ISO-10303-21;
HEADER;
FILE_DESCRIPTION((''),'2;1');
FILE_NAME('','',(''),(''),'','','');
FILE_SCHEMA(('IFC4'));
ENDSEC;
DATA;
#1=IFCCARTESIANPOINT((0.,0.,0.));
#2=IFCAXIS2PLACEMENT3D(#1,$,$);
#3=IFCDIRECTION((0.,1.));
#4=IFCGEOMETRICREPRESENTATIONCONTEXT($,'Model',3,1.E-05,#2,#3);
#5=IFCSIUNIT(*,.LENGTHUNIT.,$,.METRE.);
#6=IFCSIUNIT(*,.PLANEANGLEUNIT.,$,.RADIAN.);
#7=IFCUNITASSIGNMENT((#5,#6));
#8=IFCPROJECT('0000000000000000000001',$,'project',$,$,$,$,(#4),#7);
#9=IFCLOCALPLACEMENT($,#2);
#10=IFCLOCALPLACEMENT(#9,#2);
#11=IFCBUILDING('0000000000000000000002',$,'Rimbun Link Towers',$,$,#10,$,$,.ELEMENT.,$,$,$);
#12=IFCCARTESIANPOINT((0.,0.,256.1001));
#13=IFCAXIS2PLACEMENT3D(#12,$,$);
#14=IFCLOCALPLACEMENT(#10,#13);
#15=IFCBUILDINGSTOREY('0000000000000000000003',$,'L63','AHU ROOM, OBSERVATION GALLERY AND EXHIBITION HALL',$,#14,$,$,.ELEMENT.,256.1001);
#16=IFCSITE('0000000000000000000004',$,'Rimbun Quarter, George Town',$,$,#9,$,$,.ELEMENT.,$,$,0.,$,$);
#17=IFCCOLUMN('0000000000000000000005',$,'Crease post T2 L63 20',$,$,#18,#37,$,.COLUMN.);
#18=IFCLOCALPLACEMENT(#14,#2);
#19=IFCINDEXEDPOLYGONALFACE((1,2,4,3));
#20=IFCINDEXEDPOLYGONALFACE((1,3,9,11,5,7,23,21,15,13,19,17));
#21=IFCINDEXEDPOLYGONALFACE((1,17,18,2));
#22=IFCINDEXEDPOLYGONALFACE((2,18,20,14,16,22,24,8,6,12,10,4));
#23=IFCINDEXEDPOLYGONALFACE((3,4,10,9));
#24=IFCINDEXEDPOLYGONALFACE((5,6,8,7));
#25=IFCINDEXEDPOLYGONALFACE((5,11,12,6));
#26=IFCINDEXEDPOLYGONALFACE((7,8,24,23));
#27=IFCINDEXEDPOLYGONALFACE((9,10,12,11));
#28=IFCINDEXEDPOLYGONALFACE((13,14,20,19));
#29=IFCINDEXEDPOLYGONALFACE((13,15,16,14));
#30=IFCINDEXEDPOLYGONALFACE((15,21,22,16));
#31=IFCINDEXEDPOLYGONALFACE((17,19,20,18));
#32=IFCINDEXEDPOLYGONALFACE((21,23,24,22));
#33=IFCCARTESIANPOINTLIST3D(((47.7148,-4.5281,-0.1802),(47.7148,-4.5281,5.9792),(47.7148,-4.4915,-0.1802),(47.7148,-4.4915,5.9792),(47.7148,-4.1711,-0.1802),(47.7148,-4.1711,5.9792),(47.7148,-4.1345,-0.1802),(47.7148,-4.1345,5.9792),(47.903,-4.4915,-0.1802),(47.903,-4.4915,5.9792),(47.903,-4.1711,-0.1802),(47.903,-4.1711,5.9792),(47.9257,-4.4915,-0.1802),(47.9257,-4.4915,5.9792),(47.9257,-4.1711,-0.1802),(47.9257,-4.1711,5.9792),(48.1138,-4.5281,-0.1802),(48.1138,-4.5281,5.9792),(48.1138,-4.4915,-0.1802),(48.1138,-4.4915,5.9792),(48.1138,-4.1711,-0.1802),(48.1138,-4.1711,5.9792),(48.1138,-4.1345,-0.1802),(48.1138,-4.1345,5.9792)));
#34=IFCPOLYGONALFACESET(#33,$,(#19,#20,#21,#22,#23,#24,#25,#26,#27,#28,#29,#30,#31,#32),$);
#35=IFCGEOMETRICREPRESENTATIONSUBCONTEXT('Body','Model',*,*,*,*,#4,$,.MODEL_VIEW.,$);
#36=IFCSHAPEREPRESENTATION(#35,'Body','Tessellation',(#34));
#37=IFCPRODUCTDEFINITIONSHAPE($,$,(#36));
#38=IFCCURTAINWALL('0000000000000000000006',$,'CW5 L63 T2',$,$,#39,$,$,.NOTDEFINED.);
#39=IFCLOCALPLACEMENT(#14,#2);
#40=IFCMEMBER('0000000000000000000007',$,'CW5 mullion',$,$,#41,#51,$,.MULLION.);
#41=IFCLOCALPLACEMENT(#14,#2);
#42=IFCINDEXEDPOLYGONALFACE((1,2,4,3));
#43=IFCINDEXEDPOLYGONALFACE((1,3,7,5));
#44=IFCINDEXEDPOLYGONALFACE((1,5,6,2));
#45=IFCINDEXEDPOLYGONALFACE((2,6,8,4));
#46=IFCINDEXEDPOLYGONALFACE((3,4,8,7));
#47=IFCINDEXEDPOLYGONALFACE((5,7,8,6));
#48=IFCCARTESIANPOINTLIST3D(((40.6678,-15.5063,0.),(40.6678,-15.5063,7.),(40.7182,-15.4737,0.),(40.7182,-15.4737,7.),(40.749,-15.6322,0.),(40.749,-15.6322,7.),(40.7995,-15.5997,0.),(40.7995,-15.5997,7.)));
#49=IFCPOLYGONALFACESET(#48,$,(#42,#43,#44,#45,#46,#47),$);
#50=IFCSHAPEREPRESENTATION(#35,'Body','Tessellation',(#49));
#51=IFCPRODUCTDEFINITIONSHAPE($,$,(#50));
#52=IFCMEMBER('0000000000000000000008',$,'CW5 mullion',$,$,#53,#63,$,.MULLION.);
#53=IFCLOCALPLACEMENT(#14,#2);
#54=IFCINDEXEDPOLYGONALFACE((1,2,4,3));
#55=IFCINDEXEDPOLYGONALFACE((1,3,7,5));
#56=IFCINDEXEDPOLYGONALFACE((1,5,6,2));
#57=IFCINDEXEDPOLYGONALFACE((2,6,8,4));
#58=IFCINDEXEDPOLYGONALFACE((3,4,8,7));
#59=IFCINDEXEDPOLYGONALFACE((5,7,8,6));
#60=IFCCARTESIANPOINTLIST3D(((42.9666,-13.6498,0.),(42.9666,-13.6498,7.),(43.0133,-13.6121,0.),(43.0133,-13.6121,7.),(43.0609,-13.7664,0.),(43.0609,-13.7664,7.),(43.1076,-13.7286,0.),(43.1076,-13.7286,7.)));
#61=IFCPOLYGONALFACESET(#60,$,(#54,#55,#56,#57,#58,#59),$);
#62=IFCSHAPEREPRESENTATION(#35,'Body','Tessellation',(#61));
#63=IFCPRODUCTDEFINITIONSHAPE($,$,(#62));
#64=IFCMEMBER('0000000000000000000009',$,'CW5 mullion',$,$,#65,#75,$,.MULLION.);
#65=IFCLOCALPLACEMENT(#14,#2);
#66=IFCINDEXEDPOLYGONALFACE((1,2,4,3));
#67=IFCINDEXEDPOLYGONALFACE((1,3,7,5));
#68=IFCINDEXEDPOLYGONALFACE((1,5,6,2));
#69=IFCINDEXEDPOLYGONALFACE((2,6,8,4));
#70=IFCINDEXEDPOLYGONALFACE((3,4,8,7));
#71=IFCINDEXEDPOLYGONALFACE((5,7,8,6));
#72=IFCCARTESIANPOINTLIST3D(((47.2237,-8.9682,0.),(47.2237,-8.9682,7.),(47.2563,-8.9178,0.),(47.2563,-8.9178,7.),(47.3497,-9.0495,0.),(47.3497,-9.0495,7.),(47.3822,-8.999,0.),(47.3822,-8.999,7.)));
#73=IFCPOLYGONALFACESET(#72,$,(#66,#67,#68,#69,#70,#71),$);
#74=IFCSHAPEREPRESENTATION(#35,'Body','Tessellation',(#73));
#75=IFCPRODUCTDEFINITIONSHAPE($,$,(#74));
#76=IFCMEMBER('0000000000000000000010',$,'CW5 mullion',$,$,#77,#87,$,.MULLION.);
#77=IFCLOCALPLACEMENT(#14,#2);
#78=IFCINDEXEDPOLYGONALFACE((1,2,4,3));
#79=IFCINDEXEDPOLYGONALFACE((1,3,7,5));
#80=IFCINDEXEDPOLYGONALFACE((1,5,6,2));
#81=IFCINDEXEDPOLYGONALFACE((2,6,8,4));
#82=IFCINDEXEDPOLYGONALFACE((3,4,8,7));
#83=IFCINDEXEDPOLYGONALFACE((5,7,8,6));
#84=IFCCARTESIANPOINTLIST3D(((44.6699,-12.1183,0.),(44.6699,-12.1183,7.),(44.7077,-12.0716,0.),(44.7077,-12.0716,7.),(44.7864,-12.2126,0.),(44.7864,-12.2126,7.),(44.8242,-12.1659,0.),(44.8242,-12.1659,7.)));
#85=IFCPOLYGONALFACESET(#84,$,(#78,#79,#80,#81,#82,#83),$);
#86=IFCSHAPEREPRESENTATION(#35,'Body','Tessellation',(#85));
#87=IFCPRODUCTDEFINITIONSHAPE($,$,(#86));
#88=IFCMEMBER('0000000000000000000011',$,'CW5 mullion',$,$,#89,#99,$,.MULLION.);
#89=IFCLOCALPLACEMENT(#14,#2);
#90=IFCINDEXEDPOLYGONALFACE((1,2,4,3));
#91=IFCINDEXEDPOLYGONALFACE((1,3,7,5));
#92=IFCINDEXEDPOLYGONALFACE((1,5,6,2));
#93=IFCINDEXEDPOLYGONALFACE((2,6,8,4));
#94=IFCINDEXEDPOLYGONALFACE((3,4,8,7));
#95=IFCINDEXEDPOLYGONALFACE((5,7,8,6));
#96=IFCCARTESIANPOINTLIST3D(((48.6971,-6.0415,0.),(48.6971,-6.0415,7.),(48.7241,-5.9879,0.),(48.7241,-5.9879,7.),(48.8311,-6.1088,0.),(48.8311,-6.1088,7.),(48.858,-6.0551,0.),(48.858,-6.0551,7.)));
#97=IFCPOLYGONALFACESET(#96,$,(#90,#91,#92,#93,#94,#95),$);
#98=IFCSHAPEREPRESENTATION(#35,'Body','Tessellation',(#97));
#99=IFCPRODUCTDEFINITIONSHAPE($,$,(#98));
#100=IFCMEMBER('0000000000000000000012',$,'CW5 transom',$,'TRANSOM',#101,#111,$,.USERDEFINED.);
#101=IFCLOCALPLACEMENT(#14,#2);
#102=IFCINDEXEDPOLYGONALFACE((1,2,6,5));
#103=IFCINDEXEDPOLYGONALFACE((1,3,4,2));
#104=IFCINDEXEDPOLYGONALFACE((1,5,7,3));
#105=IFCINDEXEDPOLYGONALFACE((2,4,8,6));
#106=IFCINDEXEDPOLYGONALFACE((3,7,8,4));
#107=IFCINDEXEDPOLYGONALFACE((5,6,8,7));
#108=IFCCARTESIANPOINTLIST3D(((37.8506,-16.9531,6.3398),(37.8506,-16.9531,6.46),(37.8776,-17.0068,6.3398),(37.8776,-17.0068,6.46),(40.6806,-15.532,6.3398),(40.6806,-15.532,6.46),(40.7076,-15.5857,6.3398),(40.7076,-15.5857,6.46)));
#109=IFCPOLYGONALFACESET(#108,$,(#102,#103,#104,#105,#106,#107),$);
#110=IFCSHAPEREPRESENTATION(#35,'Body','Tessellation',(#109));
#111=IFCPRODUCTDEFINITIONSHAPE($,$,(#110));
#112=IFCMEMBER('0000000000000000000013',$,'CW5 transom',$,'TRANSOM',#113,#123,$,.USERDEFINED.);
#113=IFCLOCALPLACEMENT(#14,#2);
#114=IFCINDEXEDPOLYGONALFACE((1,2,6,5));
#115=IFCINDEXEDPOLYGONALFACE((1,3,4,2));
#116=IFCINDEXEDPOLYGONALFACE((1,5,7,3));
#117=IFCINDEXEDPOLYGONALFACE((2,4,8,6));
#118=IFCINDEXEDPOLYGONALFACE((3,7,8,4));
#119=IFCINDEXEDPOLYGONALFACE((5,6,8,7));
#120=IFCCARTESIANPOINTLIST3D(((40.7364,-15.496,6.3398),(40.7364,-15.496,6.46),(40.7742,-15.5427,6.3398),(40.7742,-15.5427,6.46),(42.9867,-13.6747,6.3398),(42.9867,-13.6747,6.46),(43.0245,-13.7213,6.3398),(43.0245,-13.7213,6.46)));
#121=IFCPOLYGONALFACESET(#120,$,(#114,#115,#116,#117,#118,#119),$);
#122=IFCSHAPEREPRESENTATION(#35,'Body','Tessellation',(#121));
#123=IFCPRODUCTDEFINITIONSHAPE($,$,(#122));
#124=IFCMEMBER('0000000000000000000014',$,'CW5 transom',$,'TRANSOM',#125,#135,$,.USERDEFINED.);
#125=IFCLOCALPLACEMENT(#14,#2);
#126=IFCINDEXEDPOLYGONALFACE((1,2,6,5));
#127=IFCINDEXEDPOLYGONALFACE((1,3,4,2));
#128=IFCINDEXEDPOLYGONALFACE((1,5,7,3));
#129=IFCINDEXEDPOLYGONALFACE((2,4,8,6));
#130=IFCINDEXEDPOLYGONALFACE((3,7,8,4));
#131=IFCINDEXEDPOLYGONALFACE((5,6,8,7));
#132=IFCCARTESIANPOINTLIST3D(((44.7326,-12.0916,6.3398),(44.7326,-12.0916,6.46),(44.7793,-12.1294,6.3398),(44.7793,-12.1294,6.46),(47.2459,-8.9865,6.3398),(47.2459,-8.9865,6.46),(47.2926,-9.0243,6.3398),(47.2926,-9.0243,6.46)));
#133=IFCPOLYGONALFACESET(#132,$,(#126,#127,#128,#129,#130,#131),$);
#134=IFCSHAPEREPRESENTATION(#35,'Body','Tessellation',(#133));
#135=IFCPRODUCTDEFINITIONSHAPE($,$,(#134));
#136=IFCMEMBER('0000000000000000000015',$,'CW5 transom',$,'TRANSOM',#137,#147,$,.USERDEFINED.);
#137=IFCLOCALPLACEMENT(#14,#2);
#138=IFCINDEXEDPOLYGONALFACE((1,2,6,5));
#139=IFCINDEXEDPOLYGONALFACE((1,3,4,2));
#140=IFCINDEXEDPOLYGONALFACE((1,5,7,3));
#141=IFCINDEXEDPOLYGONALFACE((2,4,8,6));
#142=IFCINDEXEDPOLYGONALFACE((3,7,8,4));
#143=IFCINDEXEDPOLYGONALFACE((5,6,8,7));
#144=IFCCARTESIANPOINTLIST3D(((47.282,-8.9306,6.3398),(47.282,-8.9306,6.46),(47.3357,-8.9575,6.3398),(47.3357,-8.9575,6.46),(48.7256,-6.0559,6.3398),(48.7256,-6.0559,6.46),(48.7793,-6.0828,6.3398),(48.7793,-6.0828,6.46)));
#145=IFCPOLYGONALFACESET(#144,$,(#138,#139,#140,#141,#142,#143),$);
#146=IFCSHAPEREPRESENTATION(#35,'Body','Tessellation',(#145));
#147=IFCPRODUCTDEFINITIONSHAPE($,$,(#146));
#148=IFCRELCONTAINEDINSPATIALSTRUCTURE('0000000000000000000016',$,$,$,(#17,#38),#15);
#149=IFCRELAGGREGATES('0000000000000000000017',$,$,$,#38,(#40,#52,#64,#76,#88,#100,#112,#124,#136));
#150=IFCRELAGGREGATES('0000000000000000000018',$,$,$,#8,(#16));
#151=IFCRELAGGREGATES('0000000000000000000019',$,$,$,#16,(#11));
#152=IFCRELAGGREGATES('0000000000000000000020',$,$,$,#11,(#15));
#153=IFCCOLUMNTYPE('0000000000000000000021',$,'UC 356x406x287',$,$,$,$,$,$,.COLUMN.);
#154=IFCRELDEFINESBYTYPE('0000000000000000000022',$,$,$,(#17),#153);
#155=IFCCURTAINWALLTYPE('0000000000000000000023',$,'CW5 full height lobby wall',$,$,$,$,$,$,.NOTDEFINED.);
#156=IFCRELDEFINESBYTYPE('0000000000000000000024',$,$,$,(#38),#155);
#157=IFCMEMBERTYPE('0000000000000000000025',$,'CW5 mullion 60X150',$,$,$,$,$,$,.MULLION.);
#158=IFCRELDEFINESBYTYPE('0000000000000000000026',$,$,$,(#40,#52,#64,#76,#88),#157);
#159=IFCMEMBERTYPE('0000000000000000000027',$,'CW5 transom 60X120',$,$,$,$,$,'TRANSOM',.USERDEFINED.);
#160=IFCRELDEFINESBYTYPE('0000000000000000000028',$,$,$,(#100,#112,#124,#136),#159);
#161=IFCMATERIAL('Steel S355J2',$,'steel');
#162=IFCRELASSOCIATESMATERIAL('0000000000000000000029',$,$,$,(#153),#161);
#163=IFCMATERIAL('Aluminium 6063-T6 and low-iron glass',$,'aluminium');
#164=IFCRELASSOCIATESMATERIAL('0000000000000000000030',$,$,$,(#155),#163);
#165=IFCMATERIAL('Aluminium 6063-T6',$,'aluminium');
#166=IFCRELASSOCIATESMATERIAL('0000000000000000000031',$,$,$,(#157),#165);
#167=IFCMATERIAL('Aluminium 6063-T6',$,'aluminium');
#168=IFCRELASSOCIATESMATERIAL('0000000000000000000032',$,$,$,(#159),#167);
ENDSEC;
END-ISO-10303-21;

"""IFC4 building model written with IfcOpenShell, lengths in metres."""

from ifc_helpers import new_model, si_unit, direction, frame, origin, origin_2d, place, context, subcontext, project, spatial, rectangle, i_section, extrude, material, material_profile, profile_set, type_object, element, aggregate, save


model = new_model("IFC4")

# Units and contexts
model_context = context("Model", 3, precision=1e-05, world=origin(), true_north=direction((0.0, 1.0)))
body_context = subcontext(model_context, "Body", "Model", "MODEL_VIEW")
ifc_project = project(units=[si_unit("LENGTHUNIT", "METRE"), si_unit("PLANEANGLEUNIT", "RADIAN")], contexts=[model_context])

# Site, building, storey
site_placement = place(None, origin())
site = spatial("IfcSite", under=ifc_project, at=site_placement, Name="Rimbun Quarter, George Town", CompositionType="ELEMENT", RefElevation=0.0)
building_placement = place(site_placement, origin())
building = spatial("IfcBuilding", under=site, at=building_placement, Name="Rimbun Link Towers", CompositionType="ELEMENT")
storey_placement = place(building_placement, frame((0.0, 0.0, 256.1001)))
storey = spatial("IfcBuildingStorey", under=building, at=storey_placement, Name="L63", Description="AHU ROOM, OBSERVATION GALLERY AND EXHIBITION HALL", CompositionType="ELEMENT", Elevation=256.1001)

# Column
ifc_material_1 = material(Name="Steel S355J2", Category="steel")
ifc_material_profile_1 = material_profile(ifc_material_1, i_section(OverallWidth=0.3989, OverallDepth=0.3936, WebThickness=0.0227, FlangeThickness=0.0366, at=origin_2d()), Name="UC 356x406x287")
ifc_profile_set_1 = profile_set([ifc_material_profile_1], Name="Steel S355J2")
column_type = type_object("IfcColumnType", Name="UC 356x406x287", PredefinedType="COLUMN", material=ifc_profile_set_1)
column_placement = place(storey_placement, frame((47.9143, -4.3313, -0.1802), z_axis=(0.0, 0.0, 1.0), x_axis=(1.0, 0.0, 0.0)))
element("IfcColumn", 1, at=column_placement, inside=storey, type_object=column_type, Name="Crease post T2 L63 20", PredefinedType="COLUMN", context=body_context, shape_type="SweptSolid", body=[
    extrude(i_section(OverallWidth=0.3989, OverallDepth=0.3936, WebThickness=0.0227, FlangeThickness=0.0366, at=origin_2d()), origin(), (0.0, 0.0, 1.0), 6.1594),
])

# Curtain wall, members
ifc_material_2 = material(Name="Aluminium 6063-T6 and low-iron glass", Category="aluminium")
curtain_wall_type = type_object("IfcCurtainWallType", Name="CW5 full height lobby wall", PredefinedType="NOTDEFINED", material=ifc_material_2)
curtain_wall_placement = place(storey_placement, origin())
curtain_wall = element("IfcCurtainWall", 2, at=curtain_wall_placement, inside=storey, type_object=curtain_wall_type, Name="CW5 L63 T2", PredefinedType="NOTDEFINED")
ifc_material_3 = material(Name="Aluminium 6063-T6", Category="aluminium")
ifc_material_profile_2 = material_profile(ifc_material_3, rectangle(XDim=0.1499, YDim=0.0601, at=origin_2d()), Name="MULLION 60X150")
ifc_profile_set_2 = profile_set([ifc_material_profile_2], Name="Aluminium 6063-T6")
member_type_1 = type_object("IfcMemberType", Name="CW5 mullion 60X150", PredefinedType="MULLION", material=ifc_profile_set_2)
member_1_placement = place(storey_placement, frame((40.7336, -15.553, 0.0), z_axis=(0.0, 0.0, 1.0), x_axis=(0.542096, -0.840317, 0.0)))
member_1 = element("IfcMember", 3, at=member_1_placement, type_object=member_type_1, Name="CW5 mullion", PredefinedType="MULLION", context=body_context, shape_type="SweptSolid", body=[
    extrude(rectangle(XDim=0.1499, YDim=0.0601, at=origin_2d()), origin(), (0.0, 0.0, 1.0), 7.0),
])
member_2_placement = place(storey_placement, frame((43.0371, -13.6892, 0.0), z_axis=(0.0, 0.0, 1.0), x_axis=(0.629144, -0.777289, 0.0)))
member_2 = element("IfcMember", 4, at=member_2_placement, type_object=member_type_1, Name="CW5 mullion", PredefinedType="MULLION", context=body_context, shape_type="SweptSolid", body=[
    extrude(rectangle(XDim=0.1499, YDim=0.0601, at=origin_2d()), origin(), (0.0, 0.0, 1.0), 7.0),
])
member_3_placement = place(storey_placement, frame((47.303, -8.9836, 0.0), z_axis=(0.0, 0.0, 1.0), x_axis=(0.840317, -0.542096, 0.0)))
member_3 = element("IfcMember", 5, at=member_3_placement, type_object=member_type_1, Name="CW5 mullion", PredefinedType="MULLION", context=body_context, shape_type="SweptSolid", body=[
    extrude(rectangle(XDim=0.1499, YDim=0.0601, at=origin_2d()), origin(), (0.0, 0.0, 1.0), 7.0),
])
member_4_placement = place(storey_placement, frame((44.7471, -12.1421, 0.0), z_axis=(0.0, 0.0, 1.0), x_axis=(0.777289, -0.629144, 0.0)))
member_4 = element("IfcMember", 6, at=member_4_placement, type_object=member_type_1, Name="CW5 mullion", PredefinedType="MULLION", context=body_context, shape_type="SweptSolid", body=[
    extrude(rectangle(XDim=0.1499, YDim=0.0601, at=origin_2d()), origin(), (0.0, 0.0, 1.0), 7.0),
])
member_5_placement = place(storey_placement, frame((48.7776, -6.0483, 0.0), z_axis=(0.0, 0.0, 1.0), x_axis=(0.893639, -0.448787, 0.0)))
member_5 = element("IfcMember", 7, at=member_5_placement, type_object=member_type_1, Name="CW5 mullion", PredefinedType="MULLION", context=body_context, shape_type="SweptSolid", body=[
    extrude(rectangle(XDim=0.1499, YDim=0.0601, at=origin_2d()), origin(), (0.0, 0.0, 1.0), 7.0),
])
ifc_material_4 = material(Name="Aluminium 6063-T6", Category="aluminium")
ifc_material_profile_3 = material_profile(ifc_material_4, rectangle(XDim=0.0601, YDim=0.1201, at=origin_2d()), Name="TRANSOM 60X120")
ifc_profile_set_3 = profile_set([ifc_material_profile_3], Name="Aluminium 6063-T6")
member_type_2 = type_object("IfcMemberType", Name="CW5 transom 60X120", ElementType="TRANSOM", PredefinedType="USERDEFINED", material=ifc_profile_set_3)
member_6_placement = place(storey_placement, frame((40.6941, -15.5588, 6.3999), z_axis=(-0.893655, -0.448755, 0.0), x_axis=(0.448755, -0.893655, 0.0)))
member_6 = element("IfcMember", 8, at=member_6_placement, type_object=member_type_2, Name="CW5 transom", ObjectType="TRANSOM", PredefinedType="USERDEFINED", context=body_context, shape_type="SweptSolid", body=[
    extrude(rectangle(XDim=0.0601, YDim=0.1201, at=origin_2d()), origin(), (0.0, 0.0, 1.0), 3.1667),
])
member_7_placement = place(storey_placement, frame((43.0056, -13.698, 6.3999), z_axis=(-0.777302, -0.629128, 0.0), x_axis=(0.629128, -0.777302, 0.0)))
member_7 = element("IfcMember", 9, at=member_7_placement, type_object=member_type_2, Name="CW5 transom", ObjectType="TRANSOM", PredefinedType="USERDEFINED", context=body_context, shape_type="SweptSolid", body=[
    extrude(rectangle(XDim=0.0601, YDim=0.1201, at=origin_2d()), origin(), (0.0, 0.0, 1.0), 2.895),
])
member_8_placement = place(storey_placement, frame((47.2693, -9.0054, 6.3999), z_axis=(-0.629149, -0.777285, 0.0), x_axis=(0.777285, -0.629149, 0.0)))
member_8 = element("IfcMember", 10, at=member_8_placement, type_object=member_type_2, Name="CW5 transom", ObjectType="TRANSOM", PredefinedType="USERDEFINED", context=body_context, shape_type="SweptSolid", body=[
    extrude(rectangle(XDim=0.0601, YDim=0.1201, at=origin_2d()), origin(), (0.0, 0.0, 1.0), 3.9949),
])
member_9_placement = place(storey_placement, frame((48.7524, -6.0693, 6.3999), z_axis=(-0.448761, -0.893652, 0.0), x_axis=(0.893652, -0.448761, 0.0)))
member_9 = element("IfcMember", 11, at=member_9_placement, type_object=member_type_2, Name="CW5 transom", ObjectType="TRANSOM", PredefinedType="USERDEFINED", context=body_context, shape_type="SweptSolid", body=[
    extrude(rectangle(XDim=0.0601, YDim=0.1201, at=origin_2d()), origin(), (0.0, 0.0, 1.0), 3.2168),
])

aggregate(curtain_wall, [member_1, member_2, member_3, member_4, member_5, member_6, member_7, member_8, member_9])

save(model, "model.ifc")
